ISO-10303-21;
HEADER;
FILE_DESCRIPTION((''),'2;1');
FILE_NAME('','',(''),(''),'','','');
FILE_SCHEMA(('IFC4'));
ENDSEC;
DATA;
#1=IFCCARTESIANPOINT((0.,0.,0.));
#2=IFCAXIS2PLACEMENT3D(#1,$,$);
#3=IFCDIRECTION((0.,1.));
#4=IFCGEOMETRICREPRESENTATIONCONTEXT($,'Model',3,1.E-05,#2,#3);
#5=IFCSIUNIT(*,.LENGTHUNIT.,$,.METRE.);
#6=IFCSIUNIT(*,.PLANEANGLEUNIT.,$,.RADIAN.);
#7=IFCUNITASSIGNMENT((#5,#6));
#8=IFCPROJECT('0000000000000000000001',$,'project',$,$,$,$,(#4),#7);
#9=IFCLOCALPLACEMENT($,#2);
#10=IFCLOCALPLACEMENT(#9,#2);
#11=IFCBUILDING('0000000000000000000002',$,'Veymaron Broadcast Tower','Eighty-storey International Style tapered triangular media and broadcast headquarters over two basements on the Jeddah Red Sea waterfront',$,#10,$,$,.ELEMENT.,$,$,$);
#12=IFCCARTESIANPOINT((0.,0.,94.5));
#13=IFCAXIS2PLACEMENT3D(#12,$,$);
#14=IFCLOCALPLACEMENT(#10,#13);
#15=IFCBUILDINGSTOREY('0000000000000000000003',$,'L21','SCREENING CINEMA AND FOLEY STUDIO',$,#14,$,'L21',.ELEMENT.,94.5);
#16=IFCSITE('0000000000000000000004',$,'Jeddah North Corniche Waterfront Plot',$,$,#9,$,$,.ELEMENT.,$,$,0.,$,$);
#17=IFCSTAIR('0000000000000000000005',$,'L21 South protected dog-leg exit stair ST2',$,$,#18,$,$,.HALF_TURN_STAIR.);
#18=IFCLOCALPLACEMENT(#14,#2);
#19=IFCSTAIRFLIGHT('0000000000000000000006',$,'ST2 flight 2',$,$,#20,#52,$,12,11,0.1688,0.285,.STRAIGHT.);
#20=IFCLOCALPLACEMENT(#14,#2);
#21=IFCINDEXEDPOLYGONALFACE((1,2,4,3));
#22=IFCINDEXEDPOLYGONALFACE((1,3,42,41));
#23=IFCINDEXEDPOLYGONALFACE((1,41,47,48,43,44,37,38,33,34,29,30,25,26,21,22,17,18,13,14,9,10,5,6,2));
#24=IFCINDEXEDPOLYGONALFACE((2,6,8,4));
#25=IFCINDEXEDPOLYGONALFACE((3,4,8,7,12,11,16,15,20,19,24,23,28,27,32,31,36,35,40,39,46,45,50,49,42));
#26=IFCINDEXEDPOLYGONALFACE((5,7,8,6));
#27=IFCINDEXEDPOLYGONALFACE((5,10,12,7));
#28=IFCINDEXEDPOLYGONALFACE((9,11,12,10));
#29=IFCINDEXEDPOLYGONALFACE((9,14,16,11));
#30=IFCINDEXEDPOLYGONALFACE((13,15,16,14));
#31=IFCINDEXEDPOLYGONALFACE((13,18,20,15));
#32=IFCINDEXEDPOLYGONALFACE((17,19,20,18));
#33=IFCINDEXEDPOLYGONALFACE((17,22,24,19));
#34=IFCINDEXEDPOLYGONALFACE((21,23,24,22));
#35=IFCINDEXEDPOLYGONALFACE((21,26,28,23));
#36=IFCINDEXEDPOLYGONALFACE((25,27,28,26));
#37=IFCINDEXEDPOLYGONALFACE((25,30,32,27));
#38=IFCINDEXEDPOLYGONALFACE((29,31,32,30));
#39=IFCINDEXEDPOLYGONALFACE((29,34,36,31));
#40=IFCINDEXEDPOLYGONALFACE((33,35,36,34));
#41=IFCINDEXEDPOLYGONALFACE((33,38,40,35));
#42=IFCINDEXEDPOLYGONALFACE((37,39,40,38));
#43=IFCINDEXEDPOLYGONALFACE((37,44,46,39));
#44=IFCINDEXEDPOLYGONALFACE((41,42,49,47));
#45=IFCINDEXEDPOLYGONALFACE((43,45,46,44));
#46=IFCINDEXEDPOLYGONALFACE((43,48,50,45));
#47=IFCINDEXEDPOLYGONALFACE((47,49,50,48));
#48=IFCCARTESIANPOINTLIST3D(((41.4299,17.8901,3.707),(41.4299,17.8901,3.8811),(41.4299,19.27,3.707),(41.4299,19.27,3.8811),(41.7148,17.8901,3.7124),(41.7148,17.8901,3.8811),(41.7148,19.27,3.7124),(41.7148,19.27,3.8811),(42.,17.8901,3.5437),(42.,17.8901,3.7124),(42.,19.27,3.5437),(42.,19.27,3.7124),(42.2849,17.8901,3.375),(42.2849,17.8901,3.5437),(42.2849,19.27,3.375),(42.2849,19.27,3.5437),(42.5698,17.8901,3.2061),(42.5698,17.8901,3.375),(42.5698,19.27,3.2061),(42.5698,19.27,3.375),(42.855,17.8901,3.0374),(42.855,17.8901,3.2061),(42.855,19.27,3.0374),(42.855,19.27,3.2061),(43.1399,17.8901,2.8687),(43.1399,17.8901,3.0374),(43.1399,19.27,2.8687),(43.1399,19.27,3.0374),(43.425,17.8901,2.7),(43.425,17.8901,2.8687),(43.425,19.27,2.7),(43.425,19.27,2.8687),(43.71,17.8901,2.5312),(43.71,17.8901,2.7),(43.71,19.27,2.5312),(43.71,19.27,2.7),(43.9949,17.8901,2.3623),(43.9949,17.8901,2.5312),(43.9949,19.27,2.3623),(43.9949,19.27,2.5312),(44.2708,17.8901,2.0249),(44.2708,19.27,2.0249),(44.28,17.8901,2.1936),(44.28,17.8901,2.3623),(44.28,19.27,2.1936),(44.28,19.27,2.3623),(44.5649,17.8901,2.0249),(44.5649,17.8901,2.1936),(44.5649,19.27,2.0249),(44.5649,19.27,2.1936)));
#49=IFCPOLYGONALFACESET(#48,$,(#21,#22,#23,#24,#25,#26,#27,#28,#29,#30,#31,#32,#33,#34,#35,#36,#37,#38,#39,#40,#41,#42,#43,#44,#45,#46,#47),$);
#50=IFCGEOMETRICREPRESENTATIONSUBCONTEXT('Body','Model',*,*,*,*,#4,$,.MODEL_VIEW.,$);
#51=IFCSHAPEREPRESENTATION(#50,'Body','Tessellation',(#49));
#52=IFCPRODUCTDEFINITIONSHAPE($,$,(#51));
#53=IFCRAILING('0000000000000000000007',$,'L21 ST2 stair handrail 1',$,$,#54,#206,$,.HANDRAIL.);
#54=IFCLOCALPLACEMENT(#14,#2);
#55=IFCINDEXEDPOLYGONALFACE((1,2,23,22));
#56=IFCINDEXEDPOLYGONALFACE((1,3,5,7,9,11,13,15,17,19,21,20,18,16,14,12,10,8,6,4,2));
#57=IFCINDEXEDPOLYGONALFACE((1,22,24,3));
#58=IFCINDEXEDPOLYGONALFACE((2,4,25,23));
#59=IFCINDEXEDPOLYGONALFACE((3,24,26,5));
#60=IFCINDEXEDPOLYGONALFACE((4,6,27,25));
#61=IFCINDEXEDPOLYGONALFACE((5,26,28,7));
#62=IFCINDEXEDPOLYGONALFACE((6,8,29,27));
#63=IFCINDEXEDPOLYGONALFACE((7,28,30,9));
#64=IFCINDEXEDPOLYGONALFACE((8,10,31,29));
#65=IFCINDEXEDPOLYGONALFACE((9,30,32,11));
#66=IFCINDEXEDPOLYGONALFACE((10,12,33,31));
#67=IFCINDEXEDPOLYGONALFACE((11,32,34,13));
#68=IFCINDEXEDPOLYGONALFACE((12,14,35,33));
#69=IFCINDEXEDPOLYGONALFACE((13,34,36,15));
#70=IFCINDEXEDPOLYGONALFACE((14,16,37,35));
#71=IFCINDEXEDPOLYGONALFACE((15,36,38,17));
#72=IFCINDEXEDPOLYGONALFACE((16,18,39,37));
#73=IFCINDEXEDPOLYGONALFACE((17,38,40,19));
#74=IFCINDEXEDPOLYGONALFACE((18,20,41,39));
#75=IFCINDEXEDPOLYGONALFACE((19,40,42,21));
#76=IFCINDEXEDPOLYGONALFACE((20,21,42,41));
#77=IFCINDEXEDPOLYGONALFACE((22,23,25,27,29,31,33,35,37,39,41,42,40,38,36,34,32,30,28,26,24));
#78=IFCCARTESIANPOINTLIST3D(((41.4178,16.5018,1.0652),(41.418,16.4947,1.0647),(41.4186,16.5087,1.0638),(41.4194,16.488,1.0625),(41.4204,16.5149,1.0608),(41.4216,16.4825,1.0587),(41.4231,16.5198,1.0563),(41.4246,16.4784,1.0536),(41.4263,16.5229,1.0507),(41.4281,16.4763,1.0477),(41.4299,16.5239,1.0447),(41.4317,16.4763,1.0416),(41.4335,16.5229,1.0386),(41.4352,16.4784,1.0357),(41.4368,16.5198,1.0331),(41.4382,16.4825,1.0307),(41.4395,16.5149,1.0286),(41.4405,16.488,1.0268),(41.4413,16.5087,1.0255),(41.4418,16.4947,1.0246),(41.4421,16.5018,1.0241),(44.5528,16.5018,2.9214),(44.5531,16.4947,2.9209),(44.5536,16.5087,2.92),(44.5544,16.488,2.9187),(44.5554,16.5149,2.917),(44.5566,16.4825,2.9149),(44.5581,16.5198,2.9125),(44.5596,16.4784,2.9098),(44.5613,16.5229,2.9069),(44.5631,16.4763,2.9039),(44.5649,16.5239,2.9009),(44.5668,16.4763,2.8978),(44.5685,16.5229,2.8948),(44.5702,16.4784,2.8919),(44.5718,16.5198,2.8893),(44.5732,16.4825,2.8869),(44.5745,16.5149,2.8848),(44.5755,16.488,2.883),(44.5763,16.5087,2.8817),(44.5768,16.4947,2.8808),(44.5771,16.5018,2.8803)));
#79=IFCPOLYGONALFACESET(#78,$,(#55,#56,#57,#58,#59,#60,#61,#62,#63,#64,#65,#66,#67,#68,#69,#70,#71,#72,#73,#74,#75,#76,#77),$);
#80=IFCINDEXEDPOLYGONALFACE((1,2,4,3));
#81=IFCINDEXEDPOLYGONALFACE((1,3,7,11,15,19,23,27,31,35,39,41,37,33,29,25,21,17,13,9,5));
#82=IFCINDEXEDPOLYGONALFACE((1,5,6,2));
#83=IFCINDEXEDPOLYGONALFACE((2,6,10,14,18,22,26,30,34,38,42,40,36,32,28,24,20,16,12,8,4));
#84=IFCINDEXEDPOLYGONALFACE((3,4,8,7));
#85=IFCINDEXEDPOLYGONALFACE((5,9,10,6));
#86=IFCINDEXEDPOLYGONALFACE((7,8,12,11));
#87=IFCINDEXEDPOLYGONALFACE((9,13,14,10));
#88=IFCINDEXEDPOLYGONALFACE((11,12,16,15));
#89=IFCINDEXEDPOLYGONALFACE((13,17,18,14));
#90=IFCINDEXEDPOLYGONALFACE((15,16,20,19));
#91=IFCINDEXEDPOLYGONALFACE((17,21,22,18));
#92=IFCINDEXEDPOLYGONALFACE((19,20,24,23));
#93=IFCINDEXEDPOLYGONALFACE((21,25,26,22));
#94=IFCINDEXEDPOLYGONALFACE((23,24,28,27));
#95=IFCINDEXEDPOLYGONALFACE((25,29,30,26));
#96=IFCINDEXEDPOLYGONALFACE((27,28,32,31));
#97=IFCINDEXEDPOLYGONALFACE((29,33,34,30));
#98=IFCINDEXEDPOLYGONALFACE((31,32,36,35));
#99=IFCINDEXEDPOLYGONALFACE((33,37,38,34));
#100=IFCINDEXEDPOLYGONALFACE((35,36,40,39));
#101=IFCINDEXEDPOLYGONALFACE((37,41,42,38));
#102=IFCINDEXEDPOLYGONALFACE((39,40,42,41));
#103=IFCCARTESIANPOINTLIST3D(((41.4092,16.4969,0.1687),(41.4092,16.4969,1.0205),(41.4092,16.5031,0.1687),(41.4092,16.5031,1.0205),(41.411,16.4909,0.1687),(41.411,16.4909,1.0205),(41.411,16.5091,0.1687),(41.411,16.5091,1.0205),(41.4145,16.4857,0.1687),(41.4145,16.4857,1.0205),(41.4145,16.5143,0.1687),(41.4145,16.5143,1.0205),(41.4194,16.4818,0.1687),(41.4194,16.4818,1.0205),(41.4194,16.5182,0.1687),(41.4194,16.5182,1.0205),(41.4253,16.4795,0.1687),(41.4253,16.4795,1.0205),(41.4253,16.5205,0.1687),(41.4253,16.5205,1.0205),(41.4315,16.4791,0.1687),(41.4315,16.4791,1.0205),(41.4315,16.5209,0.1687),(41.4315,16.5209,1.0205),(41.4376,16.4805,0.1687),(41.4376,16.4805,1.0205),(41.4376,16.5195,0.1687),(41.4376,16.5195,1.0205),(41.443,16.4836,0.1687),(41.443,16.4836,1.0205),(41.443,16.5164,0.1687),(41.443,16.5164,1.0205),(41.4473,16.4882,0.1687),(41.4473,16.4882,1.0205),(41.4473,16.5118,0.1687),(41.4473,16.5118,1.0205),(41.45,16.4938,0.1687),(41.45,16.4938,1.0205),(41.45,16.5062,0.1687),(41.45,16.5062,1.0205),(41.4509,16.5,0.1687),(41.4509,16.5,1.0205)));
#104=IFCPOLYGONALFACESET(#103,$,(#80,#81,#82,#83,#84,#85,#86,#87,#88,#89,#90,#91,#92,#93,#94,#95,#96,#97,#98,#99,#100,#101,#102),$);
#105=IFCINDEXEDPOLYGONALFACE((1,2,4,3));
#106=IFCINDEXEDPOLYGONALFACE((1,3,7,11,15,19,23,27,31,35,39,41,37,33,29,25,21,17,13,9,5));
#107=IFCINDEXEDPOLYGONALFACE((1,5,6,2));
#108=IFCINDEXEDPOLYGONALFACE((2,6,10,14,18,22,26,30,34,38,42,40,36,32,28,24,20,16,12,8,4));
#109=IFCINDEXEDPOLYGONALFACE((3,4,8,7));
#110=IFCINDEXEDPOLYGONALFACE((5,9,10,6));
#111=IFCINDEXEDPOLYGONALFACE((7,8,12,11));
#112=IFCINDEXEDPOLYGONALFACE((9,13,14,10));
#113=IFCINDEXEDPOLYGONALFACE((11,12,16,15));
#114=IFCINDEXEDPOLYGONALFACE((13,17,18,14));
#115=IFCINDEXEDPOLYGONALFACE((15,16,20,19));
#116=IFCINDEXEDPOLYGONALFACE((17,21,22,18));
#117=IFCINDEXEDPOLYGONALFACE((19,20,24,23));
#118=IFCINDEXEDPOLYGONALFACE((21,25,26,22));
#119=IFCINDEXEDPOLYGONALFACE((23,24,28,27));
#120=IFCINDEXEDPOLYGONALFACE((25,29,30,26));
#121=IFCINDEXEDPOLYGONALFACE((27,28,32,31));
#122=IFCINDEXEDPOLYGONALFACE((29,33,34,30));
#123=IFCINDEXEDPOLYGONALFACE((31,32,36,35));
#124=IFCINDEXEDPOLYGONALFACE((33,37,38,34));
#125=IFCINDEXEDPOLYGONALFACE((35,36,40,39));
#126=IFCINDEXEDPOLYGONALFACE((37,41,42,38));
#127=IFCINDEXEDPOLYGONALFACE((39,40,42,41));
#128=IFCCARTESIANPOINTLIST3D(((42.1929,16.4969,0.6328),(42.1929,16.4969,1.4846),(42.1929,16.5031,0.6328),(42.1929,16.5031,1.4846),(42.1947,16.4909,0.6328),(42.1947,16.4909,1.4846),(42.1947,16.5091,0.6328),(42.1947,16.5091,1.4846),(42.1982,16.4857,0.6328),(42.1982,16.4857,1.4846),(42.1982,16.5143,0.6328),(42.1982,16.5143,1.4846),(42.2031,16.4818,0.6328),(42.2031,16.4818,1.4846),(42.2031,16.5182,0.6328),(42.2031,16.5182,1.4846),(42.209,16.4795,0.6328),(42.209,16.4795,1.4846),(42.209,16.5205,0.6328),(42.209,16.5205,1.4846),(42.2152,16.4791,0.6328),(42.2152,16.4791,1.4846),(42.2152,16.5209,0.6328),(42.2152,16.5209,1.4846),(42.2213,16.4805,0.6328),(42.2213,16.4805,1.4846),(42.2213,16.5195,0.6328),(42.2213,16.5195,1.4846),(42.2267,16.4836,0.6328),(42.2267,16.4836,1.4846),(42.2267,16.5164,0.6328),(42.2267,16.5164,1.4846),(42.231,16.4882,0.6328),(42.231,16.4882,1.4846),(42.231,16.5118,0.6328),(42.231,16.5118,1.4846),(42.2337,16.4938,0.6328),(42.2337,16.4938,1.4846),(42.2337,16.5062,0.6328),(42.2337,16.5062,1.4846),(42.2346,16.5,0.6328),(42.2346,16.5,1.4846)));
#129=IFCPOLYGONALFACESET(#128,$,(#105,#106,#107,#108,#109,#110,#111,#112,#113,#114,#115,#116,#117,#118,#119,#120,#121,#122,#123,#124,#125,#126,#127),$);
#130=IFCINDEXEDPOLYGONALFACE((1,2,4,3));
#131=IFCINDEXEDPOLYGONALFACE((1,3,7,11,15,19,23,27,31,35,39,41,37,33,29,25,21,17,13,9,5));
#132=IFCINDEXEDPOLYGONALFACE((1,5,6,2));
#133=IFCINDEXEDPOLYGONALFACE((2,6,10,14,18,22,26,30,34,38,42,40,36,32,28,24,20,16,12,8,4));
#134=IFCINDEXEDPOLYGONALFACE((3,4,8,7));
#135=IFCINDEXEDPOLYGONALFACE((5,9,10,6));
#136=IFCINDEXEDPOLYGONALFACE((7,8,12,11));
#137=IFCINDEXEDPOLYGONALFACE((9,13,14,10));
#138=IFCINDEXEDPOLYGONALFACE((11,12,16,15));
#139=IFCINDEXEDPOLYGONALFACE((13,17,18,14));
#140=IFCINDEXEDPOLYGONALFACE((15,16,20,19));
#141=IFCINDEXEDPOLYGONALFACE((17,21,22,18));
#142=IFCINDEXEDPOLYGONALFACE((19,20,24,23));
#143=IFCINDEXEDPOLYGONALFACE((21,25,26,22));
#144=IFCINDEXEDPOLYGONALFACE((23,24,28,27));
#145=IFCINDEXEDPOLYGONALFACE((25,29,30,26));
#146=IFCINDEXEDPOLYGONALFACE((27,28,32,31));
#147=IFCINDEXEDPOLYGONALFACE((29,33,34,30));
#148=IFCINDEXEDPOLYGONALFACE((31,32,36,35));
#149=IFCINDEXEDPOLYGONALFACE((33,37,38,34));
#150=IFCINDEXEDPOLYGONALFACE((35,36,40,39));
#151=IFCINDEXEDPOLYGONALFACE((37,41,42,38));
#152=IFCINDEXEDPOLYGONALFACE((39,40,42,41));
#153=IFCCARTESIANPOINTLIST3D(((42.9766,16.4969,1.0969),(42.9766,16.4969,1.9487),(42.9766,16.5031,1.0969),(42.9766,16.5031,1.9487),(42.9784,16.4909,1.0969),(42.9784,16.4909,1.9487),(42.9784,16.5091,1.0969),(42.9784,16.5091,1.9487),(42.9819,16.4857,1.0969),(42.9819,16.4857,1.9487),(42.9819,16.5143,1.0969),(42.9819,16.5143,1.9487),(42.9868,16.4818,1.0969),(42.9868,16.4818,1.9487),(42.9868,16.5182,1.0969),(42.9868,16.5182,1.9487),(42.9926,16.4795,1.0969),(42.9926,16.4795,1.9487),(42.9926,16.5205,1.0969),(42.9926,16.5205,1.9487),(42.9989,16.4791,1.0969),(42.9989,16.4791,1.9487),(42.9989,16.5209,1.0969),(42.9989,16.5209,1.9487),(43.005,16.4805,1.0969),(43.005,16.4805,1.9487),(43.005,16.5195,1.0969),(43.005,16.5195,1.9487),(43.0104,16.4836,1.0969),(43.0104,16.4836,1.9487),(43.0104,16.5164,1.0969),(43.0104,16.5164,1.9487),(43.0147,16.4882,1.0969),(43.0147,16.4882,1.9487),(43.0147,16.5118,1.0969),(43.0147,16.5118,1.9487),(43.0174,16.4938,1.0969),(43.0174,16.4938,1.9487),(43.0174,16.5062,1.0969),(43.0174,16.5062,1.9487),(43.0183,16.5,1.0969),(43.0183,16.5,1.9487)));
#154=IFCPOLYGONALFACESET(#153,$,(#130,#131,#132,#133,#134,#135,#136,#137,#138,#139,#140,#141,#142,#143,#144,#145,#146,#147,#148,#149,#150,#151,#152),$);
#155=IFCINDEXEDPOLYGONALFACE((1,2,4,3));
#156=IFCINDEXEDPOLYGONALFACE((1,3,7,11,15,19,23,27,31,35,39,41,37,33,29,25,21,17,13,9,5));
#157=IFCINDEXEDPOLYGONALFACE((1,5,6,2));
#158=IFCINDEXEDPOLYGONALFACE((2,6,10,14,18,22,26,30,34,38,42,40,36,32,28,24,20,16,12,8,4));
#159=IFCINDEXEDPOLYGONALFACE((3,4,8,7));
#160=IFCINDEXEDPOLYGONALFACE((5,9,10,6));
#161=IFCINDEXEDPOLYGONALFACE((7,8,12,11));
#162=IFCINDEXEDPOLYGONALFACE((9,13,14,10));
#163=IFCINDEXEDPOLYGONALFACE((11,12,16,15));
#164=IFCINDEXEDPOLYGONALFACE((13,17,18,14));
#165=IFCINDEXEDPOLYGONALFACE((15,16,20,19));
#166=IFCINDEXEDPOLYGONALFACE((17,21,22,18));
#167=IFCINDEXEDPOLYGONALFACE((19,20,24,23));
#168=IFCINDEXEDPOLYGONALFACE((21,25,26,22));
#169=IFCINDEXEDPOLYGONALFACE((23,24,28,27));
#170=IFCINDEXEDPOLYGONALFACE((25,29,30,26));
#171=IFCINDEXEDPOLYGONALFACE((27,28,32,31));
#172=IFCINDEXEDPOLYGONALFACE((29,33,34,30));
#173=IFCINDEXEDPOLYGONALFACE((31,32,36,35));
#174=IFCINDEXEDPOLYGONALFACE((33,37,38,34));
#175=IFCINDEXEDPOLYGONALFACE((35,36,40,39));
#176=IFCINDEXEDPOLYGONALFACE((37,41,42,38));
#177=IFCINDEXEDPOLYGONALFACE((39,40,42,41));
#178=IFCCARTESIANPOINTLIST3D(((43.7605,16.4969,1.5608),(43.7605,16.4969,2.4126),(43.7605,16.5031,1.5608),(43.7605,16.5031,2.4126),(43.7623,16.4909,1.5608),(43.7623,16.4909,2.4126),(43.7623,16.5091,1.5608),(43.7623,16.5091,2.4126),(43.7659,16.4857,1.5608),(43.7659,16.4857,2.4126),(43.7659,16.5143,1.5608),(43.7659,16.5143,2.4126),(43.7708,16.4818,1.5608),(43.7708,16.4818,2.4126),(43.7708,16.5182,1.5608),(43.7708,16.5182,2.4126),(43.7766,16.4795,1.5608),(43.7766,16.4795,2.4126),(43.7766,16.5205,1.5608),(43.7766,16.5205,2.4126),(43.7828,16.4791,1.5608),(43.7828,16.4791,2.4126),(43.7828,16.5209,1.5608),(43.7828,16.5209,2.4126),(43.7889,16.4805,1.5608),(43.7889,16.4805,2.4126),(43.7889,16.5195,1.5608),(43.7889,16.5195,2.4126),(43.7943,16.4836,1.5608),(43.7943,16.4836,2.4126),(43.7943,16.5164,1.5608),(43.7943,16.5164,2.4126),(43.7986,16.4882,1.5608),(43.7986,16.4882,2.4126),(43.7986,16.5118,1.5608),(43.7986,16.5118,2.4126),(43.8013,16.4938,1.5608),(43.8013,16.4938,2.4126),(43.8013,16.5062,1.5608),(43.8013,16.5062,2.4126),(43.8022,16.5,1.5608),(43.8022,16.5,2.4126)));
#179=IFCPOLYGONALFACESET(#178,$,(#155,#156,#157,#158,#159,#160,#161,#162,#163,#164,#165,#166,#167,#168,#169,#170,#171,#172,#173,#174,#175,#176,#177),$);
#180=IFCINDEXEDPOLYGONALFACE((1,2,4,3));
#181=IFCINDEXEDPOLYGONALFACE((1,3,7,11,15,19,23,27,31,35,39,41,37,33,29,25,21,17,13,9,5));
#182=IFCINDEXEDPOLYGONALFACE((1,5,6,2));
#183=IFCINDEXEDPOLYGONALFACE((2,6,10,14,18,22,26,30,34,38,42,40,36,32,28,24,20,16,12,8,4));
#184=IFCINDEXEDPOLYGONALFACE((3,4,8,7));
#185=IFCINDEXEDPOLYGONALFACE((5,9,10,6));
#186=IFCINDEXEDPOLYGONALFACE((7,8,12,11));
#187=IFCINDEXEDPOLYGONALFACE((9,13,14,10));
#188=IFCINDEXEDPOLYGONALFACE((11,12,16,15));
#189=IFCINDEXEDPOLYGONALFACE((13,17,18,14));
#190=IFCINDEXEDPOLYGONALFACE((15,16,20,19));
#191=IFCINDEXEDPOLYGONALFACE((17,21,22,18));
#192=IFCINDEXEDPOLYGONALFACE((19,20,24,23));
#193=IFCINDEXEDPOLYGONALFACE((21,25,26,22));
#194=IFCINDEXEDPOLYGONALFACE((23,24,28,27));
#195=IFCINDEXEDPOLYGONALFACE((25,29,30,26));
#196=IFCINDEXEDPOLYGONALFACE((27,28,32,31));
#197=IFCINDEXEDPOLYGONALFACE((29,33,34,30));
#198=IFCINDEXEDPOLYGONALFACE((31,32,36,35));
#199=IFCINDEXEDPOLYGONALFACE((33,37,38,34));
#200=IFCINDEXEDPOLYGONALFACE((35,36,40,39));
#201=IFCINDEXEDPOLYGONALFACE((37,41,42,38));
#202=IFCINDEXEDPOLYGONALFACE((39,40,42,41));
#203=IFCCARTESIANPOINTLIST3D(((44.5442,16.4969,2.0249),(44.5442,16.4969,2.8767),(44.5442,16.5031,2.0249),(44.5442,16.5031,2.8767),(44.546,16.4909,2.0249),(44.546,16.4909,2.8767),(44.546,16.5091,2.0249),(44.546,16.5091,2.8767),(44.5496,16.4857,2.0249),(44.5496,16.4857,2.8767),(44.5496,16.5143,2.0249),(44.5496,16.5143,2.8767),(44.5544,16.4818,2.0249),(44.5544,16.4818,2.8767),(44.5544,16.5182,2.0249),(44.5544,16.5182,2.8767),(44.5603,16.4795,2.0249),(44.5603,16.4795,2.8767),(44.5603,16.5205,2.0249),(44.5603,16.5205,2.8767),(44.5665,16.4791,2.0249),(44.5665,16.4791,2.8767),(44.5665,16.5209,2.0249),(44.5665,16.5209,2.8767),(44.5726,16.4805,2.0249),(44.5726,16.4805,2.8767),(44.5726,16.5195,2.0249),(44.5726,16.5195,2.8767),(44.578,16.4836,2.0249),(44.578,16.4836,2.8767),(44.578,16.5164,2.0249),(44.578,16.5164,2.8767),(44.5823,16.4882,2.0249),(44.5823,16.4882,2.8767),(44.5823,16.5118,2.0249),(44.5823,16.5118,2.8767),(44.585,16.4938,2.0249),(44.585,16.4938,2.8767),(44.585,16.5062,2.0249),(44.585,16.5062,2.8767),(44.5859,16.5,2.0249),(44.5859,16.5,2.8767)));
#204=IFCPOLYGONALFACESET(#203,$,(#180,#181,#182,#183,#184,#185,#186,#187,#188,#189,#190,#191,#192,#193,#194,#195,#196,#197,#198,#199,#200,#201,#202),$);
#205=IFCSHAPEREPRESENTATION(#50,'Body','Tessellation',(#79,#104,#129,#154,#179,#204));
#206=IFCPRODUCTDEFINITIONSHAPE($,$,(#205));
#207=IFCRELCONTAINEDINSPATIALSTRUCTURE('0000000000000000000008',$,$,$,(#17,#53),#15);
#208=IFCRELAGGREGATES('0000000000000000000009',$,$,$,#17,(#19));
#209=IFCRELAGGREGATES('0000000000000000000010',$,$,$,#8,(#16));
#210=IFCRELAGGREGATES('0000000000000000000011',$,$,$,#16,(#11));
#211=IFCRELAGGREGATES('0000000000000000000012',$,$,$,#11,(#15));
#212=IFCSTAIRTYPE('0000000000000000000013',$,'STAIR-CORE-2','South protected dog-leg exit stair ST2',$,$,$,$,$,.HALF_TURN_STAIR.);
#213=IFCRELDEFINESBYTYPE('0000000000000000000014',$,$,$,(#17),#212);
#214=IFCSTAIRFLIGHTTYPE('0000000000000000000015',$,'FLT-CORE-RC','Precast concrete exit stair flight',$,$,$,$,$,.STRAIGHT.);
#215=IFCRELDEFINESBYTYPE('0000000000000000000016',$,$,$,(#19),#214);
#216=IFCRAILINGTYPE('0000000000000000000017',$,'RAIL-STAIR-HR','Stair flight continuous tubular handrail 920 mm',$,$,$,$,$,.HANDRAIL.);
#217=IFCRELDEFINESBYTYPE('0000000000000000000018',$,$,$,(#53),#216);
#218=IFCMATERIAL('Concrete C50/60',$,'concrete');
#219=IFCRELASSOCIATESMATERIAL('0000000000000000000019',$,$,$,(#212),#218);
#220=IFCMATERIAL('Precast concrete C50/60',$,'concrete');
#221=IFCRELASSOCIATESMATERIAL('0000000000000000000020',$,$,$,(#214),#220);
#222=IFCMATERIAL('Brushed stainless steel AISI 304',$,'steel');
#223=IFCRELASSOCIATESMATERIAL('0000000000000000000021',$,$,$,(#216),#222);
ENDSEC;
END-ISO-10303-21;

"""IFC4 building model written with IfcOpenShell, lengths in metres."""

from ifc_helpers import new_model, si_unit, direction, frame, origin, origin_2d, place, context, subcontext, project, spatial, polyline, circle, outline, extrude, material, type_object, element, aggregate, save


model = new_model("IFC4")

# Units and contexts
model_context = context("Model", 3, precision=1e-05, world=origin(), true_north=direction((0.0, 1.0)))
body_context = subcontext(model_context, "Body", "Model", "MODEL_VIEW")
ifc_project = project(units=[si_unit("LENGTHUNIT", "METRE"), si_unit("PLANEANGLEUNIT", "RADIAN")], contexts=[model_context])

# Site, building, storey
site_placement = place(None, origin())
site = spatial("IfcSite", under=ifc_project, at=site_placement, Name="Jeddah North Corniche Waterfront Plot", CompositionType="ELEMENT", RefElevation=0.0)
building_placement = place(site_placement, origin())
building = spatial("IfcBuilding", under=site, at=building_placement, Name="Veymaron Broadcast Tower", Description="Eighty-storey International Style tapered triangular media and broadcast headquarters over two basements on the Jeddah Red Sea waterfront", CompositionType="ELEMENT")
storey_placement = place(building_placement, frame((0.0, 0.0, 94.5)))
storey = spatial("IfcBuildingStorey", under=building, at=storey_placement, Name="L21", Description="SCREENING CINEMA AND FOLEY STUDIO", LongName="L21", CompositionType="ELEMENT", Elevation=94.5)

# Shared definitions
ifc_material_1 = material(Name="Brushed stainless steel AISI 304", Category="steel")

# Shared definitions
ifc_material_2 = material(Name="Concrete C50/60", Category="concrete")

# Stair, stair flight
stair_type = type_object("IfcStairType", Name="STAIR-CORE-2", Description="South protected dog-leg exit stair ST2", PredefinedType="HALF_TURN_STAIR", material=ifc_material_2)
stair_placement = place(storey_placement, origin())
stair = element("IfcStair", 1, at=stair_placement, inside=storey, type_object=stair_type, Name="L21 South protected dog-leg exit stair ST2", PredefinedType="HALF_TURN_STAIR")
ifc_material_3 = material(Name="Precast concrete C50/60", Category="concrete")
stair_flight_type = type_object("IfcStairFlightType", Name="FLT-CORE-RC", Description="Precast concrete exit stair flight", PredefinedType="STRAIGHT", material=ifc_material_3)
stair_flight_1_placement = place(storey_placement, frame((44.5649, 18.5801, 2.0249), z_axis=(0.0, 0.0, 1.0), x_axis=(-1.0, 0.0, 0.0)))
stair_flight_1 = element("IfcStairFlight", 2, at=stair_flight_1_placement, type_object=stair_flight_type, Name="ST2 flight 2", NumberOfRisers=12, NumberOfTreads=11, PredefinedType="STRAIGHT", RiserHeight=0.1688, TreadLength=0.285, context=body_context, shape_type="SweptSolid", body=[
    extrude(outline(polyline([(0.0, 0.0), (0.0, 0.1687), (0.2849, 0.1687), (0.2849, 0.3374), (0.5701, 0.3374), (0.5701, 0.5063), (0.855, 0.5063), (0.855, 0.675), (1.1399, 0.675), (1.1399, 0.8438), (1.425, 0.8438), (1.425, 1.0125), (1.71, 1.0125), (1.71, 1.1812), (1.9951, 1.1812), (1.9951, 1.3501), (2.28, 1.3501), (2.28, 1.5188), (2.5649, 1.5188), (2.5649, 1.6875), (2.8501, 1.6875), (2.8501, 1.8562), (3.135, 1.8562), (3.135, 2.0249), (3.135, 1.6821), (0.2942, 0.0), (0.0, 0.0)])), frame((0.0, 0.6899, 0.0), z_axis=(0.0, -1.0, 0.0), x_axis=(1.0, 0.0, 0.0)), (0.0, 0.0, 1.0), 1.3799),
])
aggregate(stair, [stair_flight_1])

# Railing
railing_type_1 = type_object("IfcRailingType", Name="RAIL-STAIR-HR", Description="Stair flight continuous tubular handrail 920 mm", PredefinedType="HANDRAIL", material=ifc_material_1)
railing_1_placement = place(storey_placement, frame((41.4299, 16.5, 0.1687)))
element("IfcRailing", 3, at=railing_1_placement, inside=storey, type_object=railing_type_1, Name="L21 ST2 stair handrail 1", PredefinedType="HANDRAIL", context=body_context, shape_type="SweptSolid", body=[
    extrude(circle(Radius=0.0239, at=origin_2d()), frame((0.0, 0.0, 0.876), z_axis=(0.860482, 0.0, 0.509481), x_axis=(0.0, 1.0, 0.0)), (0.0, 0.0, 1.0), 3.6433),
    extrude(circle(Radius=0.021, at=origin_2d()), origin(), (0.0, 0.0, 1.0), 0.8518),
    extrude(circle(Radius=0.021, at=origin_2d()), frame((0.7837, 0.0, 0.4641)), (0.0, 0.0, 1.0), 0.8518),
    extrude(circle(Radius=0.021, at=origin_2d()), frame((1.5674, 0.0, 0.9282)), (0.0, 0.0, 1.0), 0.8518),
    extrude(circle(Radius=0.021, at=origin_2d()), frame((2.3513, 0.0, 1.3921)), (0.0, 0.0, 1.0), 0.8518),
    extrude(circle(Radius=0.021, at=origin_2d()), frame((3.135, 0.0, 1.8562)), (0.0, 0.0, 1.0), 0.8518),
])

save(model, "model.ifc")
